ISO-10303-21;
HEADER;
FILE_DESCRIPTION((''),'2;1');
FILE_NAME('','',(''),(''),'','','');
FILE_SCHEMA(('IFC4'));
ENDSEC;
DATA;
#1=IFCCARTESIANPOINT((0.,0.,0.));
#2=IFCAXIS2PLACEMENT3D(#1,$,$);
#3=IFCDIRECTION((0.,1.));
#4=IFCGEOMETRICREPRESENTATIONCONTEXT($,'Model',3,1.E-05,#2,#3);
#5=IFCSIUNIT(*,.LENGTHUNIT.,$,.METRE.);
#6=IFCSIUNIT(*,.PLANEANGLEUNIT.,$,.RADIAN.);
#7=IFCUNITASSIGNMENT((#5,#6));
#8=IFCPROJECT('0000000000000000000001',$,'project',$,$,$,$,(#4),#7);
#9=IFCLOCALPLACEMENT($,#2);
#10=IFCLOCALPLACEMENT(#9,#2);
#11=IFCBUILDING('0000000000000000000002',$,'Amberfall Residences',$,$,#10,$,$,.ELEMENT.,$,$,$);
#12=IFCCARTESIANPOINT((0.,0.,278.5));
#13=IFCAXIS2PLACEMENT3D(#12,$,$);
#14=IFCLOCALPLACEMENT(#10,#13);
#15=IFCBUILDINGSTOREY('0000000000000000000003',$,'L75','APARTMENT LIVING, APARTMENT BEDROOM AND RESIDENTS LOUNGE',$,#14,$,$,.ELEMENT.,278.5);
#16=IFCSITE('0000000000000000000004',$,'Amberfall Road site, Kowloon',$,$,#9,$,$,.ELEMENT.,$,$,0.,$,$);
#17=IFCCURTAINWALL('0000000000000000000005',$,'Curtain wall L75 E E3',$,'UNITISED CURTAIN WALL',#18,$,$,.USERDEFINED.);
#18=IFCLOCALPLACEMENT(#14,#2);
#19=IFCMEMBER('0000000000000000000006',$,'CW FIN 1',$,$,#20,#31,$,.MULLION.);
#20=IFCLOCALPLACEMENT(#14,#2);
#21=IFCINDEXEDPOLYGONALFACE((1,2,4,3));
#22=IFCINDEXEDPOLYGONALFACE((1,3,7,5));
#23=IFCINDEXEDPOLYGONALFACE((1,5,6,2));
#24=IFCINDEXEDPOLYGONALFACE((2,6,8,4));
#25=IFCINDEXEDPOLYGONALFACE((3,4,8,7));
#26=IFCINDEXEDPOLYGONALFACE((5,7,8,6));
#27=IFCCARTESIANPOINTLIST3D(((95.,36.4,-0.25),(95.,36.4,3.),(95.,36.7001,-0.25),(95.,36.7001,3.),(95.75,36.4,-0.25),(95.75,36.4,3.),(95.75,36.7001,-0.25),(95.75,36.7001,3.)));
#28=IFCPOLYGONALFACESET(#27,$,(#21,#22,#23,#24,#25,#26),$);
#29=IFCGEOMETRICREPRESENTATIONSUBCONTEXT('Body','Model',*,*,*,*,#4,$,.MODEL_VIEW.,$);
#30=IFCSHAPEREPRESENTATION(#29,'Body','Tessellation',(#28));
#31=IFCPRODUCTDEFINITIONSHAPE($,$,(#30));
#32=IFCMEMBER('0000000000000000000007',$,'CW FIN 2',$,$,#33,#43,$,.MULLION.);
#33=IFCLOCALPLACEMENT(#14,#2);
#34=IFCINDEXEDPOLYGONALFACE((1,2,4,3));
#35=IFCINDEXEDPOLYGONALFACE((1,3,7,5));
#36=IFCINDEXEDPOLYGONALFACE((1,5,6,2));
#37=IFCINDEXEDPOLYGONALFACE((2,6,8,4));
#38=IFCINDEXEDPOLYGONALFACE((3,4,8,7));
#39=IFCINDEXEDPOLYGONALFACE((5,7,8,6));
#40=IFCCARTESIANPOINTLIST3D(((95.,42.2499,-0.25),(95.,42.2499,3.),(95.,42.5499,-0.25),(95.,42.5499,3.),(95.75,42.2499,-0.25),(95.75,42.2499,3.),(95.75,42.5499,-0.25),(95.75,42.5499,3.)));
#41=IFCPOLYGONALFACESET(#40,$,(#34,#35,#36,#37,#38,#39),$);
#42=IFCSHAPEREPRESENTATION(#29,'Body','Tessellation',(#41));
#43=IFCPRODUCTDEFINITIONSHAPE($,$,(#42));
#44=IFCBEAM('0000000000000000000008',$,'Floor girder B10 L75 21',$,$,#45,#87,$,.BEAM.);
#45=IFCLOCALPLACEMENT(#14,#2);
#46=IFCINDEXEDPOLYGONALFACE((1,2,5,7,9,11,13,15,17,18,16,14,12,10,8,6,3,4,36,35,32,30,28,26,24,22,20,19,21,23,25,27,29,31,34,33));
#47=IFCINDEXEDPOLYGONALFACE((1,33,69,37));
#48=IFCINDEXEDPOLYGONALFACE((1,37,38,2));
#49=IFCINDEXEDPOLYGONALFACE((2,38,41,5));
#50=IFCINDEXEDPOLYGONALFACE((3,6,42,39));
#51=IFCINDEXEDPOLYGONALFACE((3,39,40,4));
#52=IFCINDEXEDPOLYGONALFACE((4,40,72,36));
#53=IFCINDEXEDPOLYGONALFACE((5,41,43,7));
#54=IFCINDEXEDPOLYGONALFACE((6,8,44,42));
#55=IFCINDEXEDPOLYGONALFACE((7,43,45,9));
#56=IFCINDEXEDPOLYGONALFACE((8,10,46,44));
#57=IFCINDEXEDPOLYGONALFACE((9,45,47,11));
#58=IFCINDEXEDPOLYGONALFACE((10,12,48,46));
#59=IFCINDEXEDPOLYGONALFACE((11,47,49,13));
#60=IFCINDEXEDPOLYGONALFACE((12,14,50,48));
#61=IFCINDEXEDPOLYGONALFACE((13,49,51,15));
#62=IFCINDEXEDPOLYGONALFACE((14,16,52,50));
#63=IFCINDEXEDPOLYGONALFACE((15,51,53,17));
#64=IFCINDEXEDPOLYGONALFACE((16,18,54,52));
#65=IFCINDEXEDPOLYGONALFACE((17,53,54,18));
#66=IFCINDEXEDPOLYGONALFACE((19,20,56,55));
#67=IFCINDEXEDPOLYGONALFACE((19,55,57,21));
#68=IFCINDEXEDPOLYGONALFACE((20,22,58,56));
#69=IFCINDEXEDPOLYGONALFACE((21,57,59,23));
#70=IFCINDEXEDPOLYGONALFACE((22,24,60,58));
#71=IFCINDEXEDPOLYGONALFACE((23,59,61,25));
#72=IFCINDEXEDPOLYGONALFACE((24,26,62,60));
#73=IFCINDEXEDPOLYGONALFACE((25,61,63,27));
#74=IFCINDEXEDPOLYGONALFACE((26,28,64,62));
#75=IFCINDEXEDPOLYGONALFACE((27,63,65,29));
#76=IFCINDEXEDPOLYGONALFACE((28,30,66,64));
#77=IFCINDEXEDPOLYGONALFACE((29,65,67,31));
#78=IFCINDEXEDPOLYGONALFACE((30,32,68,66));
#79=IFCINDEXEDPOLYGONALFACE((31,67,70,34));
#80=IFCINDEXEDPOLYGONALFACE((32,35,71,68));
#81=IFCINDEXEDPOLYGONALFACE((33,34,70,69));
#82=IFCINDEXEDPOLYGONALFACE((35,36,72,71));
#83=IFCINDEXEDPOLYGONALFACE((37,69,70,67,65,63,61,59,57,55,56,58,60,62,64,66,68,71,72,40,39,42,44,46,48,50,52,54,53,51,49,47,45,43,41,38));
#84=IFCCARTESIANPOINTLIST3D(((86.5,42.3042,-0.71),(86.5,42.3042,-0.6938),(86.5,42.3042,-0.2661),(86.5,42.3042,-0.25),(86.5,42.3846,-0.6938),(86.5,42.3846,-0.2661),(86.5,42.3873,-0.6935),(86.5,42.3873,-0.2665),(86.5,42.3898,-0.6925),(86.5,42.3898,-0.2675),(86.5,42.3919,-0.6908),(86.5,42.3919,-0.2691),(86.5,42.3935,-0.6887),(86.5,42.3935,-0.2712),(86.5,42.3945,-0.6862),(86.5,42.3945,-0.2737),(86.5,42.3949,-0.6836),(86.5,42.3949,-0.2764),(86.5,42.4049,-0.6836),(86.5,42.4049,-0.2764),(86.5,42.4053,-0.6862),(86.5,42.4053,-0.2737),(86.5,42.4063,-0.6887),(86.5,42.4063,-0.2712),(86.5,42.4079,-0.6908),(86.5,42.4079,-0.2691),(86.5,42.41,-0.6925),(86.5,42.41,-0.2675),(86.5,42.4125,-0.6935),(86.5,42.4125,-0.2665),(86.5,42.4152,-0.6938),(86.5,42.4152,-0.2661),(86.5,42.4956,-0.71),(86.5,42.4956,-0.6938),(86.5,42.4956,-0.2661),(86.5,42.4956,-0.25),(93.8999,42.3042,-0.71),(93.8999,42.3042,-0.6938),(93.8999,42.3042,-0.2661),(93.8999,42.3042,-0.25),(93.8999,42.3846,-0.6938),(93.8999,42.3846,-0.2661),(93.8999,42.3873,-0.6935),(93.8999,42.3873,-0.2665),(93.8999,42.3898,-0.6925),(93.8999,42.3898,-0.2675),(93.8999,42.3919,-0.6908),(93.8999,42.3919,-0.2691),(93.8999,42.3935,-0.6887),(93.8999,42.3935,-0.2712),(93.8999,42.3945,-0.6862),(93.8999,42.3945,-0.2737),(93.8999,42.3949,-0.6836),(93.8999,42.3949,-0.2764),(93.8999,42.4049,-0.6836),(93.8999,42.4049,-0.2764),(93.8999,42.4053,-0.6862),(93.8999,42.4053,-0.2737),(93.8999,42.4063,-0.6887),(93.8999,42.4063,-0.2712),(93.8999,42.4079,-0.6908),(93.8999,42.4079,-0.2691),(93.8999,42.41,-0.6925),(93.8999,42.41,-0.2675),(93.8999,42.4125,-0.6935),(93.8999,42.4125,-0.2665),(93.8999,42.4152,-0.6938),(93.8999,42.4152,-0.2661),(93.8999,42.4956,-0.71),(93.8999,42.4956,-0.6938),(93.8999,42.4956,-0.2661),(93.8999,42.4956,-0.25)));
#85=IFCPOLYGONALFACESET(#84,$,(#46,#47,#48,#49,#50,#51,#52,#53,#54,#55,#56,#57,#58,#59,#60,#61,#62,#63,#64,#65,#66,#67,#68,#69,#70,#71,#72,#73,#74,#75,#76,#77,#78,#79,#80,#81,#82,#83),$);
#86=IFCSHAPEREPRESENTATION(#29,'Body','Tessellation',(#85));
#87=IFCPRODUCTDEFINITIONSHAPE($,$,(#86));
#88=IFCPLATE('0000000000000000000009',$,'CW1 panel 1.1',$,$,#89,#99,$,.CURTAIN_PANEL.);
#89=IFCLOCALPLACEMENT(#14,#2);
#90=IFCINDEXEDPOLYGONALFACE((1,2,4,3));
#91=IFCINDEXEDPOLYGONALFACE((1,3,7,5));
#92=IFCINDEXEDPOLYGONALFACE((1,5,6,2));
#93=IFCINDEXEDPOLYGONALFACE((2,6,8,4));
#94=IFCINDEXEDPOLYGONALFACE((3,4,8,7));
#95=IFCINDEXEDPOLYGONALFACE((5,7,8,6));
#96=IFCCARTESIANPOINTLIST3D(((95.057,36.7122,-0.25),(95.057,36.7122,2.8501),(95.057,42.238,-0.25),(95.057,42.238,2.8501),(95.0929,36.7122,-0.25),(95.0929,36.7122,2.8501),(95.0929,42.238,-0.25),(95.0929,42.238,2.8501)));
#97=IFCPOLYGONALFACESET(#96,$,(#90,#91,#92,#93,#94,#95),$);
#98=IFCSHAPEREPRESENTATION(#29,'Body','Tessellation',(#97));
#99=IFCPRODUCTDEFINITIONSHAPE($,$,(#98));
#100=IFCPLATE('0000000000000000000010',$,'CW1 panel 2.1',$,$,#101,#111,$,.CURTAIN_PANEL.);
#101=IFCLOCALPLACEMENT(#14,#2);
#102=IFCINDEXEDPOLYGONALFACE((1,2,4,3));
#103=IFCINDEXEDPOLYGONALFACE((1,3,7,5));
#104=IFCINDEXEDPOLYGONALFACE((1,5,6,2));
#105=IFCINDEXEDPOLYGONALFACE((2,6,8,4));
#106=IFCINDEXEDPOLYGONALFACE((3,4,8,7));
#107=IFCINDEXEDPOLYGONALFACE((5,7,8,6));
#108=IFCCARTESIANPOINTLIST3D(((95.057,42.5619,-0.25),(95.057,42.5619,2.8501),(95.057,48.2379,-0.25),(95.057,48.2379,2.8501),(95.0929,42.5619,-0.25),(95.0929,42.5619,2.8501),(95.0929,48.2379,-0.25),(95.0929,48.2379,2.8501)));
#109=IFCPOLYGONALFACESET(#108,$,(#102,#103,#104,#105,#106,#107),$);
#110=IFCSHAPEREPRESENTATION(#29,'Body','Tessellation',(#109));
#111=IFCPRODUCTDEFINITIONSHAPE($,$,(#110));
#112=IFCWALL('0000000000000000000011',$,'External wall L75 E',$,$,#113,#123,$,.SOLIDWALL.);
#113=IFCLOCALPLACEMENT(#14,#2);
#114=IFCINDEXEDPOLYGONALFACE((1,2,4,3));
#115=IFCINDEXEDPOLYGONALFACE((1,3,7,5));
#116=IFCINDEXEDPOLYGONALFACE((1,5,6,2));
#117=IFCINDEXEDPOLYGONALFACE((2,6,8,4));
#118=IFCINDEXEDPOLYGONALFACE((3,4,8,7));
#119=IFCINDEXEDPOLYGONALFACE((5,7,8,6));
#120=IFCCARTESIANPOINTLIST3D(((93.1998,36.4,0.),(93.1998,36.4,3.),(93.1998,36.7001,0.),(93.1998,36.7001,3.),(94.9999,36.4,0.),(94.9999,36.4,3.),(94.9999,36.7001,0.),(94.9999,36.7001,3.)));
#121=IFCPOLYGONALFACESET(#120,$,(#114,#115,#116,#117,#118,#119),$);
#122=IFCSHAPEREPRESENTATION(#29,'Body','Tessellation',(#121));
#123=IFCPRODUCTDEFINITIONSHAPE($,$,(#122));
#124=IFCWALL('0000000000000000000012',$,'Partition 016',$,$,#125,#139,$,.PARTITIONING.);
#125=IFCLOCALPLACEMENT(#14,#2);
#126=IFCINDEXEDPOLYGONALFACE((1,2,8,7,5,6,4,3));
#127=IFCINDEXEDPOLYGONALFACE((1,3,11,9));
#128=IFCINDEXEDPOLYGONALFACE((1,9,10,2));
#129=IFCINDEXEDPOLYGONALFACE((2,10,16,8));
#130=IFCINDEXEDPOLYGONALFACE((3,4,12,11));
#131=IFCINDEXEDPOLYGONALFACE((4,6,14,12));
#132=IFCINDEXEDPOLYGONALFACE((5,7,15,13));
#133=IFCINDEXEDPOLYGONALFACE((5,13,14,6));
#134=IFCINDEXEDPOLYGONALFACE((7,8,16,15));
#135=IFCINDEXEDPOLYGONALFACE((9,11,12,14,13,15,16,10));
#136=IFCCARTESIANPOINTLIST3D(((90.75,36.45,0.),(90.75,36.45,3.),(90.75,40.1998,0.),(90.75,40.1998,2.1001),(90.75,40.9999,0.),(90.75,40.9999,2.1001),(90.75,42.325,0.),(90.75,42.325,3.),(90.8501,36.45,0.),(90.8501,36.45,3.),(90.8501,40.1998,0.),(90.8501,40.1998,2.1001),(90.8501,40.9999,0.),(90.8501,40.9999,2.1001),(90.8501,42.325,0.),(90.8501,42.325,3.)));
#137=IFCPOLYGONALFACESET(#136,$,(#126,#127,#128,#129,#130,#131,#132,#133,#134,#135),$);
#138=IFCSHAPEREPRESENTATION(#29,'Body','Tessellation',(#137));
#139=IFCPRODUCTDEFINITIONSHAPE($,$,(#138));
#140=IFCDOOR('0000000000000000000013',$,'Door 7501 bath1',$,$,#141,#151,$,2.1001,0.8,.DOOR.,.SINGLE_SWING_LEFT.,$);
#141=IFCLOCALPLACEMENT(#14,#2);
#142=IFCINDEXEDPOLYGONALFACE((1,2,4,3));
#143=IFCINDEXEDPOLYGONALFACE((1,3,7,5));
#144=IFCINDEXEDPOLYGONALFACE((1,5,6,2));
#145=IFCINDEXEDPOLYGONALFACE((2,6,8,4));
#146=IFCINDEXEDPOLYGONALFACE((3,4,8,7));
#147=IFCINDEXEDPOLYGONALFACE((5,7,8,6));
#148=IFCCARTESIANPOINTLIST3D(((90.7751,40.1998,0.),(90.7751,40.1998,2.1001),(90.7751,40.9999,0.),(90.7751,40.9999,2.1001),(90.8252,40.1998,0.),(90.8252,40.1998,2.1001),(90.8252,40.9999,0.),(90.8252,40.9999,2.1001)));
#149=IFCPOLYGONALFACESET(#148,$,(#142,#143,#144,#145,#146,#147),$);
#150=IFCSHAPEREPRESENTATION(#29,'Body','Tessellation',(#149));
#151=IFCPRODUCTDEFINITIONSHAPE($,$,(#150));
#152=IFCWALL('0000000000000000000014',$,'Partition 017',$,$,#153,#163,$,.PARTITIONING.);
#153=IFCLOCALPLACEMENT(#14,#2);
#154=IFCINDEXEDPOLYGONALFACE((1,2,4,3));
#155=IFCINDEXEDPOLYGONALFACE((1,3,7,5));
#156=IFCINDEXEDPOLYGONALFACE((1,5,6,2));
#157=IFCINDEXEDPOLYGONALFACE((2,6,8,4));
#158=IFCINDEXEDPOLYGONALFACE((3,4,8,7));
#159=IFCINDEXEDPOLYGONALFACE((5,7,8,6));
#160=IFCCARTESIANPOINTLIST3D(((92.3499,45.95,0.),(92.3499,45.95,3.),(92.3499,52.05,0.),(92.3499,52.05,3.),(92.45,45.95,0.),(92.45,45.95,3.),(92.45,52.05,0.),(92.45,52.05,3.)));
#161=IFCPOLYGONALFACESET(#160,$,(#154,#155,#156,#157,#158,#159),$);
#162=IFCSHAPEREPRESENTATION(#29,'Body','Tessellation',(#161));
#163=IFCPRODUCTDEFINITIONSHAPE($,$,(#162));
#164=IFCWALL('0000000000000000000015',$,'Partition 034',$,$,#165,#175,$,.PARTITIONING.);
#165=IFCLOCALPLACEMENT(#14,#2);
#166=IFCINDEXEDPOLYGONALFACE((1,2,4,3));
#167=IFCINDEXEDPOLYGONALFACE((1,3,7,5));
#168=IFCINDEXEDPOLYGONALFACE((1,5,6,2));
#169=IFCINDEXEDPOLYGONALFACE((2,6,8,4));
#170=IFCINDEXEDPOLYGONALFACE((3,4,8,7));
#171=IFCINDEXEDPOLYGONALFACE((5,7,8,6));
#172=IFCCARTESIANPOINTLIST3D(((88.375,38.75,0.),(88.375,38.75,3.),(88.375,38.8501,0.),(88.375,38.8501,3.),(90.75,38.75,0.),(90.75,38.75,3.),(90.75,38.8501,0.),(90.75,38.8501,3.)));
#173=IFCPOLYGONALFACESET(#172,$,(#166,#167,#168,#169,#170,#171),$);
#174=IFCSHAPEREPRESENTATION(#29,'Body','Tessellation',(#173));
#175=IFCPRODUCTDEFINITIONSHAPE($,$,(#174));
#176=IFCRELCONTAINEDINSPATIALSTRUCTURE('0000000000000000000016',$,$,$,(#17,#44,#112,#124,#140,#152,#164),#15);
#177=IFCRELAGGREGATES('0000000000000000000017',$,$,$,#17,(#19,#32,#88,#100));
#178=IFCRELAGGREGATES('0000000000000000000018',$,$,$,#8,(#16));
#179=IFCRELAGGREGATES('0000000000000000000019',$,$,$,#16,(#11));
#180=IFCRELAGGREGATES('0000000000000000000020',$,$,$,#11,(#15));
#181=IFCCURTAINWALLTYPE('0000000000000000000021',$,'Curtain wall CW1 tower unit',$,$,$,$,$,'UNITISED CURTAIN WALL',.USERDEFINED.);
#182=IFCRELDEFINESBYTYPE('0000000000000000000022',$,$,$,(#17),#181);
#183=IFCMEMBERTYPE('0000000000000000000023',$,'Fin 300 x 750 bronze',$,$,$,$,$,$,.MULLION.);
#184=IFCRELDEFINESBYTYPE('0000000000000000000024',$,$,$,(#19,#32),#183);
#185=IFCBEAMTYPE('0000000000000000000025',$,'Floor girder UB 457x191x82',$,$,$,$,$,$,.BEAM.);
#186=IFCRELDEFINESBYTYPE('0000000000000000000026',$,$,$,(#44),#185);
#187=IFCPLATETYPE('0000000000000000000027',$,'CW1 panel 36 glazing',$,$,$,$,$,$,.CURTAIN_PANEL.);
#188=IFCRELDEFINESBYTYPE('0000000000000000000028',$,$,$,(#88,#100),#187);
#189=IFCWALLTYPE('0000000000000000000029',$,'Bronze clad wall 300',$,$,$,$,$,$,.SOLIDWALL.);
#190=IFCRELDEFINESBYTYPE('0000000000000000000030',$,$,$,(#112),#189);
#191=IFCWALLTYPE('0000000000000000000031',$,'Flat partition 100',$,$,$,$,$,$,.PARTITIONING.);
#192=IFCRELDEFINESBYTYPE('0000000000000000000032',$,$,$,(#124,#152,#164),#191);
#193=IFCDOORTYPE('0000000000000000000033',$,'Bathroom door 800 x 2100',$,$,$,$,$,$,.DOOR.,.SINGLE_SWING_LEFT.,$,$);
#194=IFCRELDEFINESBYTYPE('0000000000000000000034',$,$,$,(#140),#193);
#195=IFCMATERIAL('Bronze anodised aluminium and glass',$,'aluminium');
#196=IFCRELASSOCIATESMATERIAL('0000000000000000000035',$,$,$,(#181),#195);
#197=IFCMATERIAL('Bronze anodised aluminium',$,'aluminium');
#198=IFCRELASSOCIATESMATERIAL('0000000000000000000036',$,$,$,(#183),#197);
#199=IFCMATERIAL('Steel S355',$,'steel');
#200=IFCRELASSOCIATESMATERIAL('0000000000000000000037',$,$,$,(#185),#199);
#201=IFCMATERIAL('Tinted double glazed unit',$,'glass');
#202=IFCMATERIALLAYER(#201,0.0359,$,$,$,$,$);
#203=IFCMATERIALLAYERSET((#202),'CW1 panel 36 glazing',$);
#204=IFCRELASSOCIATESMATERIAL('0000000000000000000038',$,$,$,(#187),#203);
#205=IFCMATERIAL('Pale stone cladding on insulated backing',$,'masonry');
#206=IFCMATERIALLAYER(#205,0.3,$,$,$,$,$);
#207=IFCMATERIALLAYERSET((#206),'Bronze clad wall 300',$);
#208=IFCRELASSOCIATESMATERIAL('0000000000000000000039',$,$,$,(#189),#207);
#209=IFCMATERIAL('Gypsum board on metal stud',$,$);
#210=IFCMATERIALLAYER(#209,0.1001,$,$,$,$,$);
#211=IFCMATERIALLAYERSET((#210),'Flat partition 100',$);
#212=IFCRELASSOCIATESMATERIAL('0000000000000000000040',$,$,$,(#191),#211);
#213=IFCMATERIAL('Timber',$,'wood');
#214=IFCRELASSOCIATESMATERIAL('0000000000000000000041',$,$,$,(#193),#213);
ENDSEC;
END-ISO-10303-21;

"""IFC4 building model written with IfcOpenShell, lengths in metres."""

from ifc_helpers import new_model, si_unit, direction, frame, frame_2d, origin, origin_2d, place, context, subcontext, project, spatial, rectangle, i_section, extrude, material, layer, layer_set, material_profile, profile_set, type_object, element, fill, aggregate, save


model = new_model("IFC4")

# Units and contexts
model_context = context("Model", 3, precision=1e-05, world=origin(), true_north=direction((0.0, 1.0)))
body_context = subcontext(model_context, "Body", "Model", "MODEL_VIEW")
ifc_project = project(units=[si_unit("LENGTHUNIT", "METRE"), si_unit("PLANEANGLEUNIT", "RADIAN")], contexts=[model_context])

# Site, building, storey
site_placement = place(None, origin())
site = spatial("IfcSite", under=ifc_project, at=site_placement, Name="Amberfall Road site, Kowloon", CompositionType="ELEMENT", RefElevation=0.0)
building_placement = place(site_placement, origin())
building = spatial("IfcBuilding", under=site, at=building_placement, Name="Amberfall Residences", CompositionType="ELEMENT")
storey_placement = place(building_placement, frame((0.0, 0.0, 278.5)))
storey = spatial("IfcBuildingStorey", under=building, at=storey_placement, Name="L75", Description="APARTMENT LIVING, APARTMENT BEDROOM AND RESIDENTS LOUNGE", CompositionType="ELEMENT", Elevation=278.5)

# Curtain wall
ifc_material_1 = material(Name="Bronze anodised aluminium and glass", Category="aluminium")
curtain_wall_type = type_object("IfcCurtainWallType", Name="Curtain wall CW1 tower unit", ElementType="UNITISED CURTAIN WALL", PredefinedType="USERDEFINED", material=ifc_material_1)
curtain_wall_placement = place(storey_placement, origin())
curtain_wall = element("IfcCurtainWall", 1, at=curtain_wall_placement, inside=storey, type_object=curtain_wall_type, Name="Curtain wall L75 E E3", ObjectType="UNITISED CURTAIN WALL", PredefinedType="USERDEFINED")
ifc_material_2 = material(Name="Bronze anodised aluminium", Category="aluminium")

# Shared definitions
ifc_material_3 = material(Name="Steel S355", Category="steel")

# Members
ifc_material_profile_1 = material_profile(ifc_material_2, rectangle(XDim=0.75, YDim=0.3, at=origin_2d()), Name="Fin 300 x 750 bronze")
ifc_profile_set_1 = profile_set([ifc_material_profile_1], Name="Bronze anodised aluminium")
member_type_1 = type_object("IfcMemberType", Name="Fin 300 x 750 bronze", PredefinedType="MULLION", material=ifc_profile_set_1)
member_1_placement = place(storey_placement, frame((95.375, 36.55, -0.25), z_axis=(0.0, 0.0, 1.0), x_axis=(-1.0, 0.0, 0.0)))
member_1 = element("IfcMember", 2, at=member_1_placement, type_object=member_type_1, Name="CW FIN 1", PredefinedType="MULLION", context=body_context, shape_type="SweptSolid", body=[
    extrude(rectangle(XDim=0.75, YDim=0.3, at=origin_2d()), origin(), (0.0, 0.0, 1.0), 3.25),
])
member_2_placement = place(storey_placement, frame((95.375, 42.3999, -0.25), z_axis=(0.0, 0.0, 1.0), x_axis=(-1.0, 0.0, 0.0)))
member_2 = element("IfcMember", 3, at=member_2_placement, type_object=member_type_1, Name="CW FIN 2", PredefinedType="MULLION", context=body_context, shape_type="SweptSolid", body=[
    extrude(rectangle(XDim=0.75, YDim=0.3, at=origin_2d()), origin(), (0.0, 0.0, 1.0), 3.25),
])

# Beam
ifc_material_profile_2 = material_profile(ifc_material_3, i_section(OverallWidth=0.1914, OverallDepth=0.46, WebThickness=0.01, FlangeThickness=0.0161, FilletRadius=0.0103, at=origin_2d()), Name="UB 457x191x82")
ifc_profile_set_2 = profile_set([ifc_material_profile_2], Name="Steel S355")
beam_type_1 = type_object("IfcBeamType", Name="Floor girder UB 457x191x82", PredefinedType="BEAM", material=ifc_profile_set_2)
beam_1_placement = place(storey_placement, frame((93.8999, 42.3999, -0.48), z_axis=(-1.0, 0.0, 0.0), x_axis=(0.0, -1.0, 0.0)))
element("IfcBeam", 4, at=beam_1_placement, inside=storey, type_object=beam_type_1, Name="Floor girder B10 L75 21", PredefinedType="BEAM", context=body_context, shape_type="SweptSolid", body=[
    extrude(i_section(OverallWidth=0.1914, OverallDepth=0.46, WebThickness=0.01, FlangeThickness=0.0161, FilletRadius=0.0103, at=origin_2d()), origin(), (0.0, 0.0, 1.0), 7.3999),
])

# Plates
ifc_material_4 = material(Name="Tinted double glazed unit", Category="glass")
ifc_layer_1 = layer(ifc_material_4, 0.0359)
ifc_layer_set_1 = layer_set([ifc_layer_1], Name="CW1 panel 36 glazing")
plate_type = type_object("IfcPlateType", Name="CW1 panel 36 glazing", PredefinedType="CURTAIN_PANEL", material=ifc_layer_set_1)
plate_1_placement = place(storey_placement, frame((95.075, 39.4751, -0.25), z_axis=(0.0, 0.0, 1.0), x_axis=(0.0, 1.0, 0.0)))
plate_1 = element("IfcPlate", 5, at=plate_1_placement, type_object=plate_type, Name="CW1 panel 1.1", PredefinedType="CURTAIN_PANEL", context=body_context, shape_type="SweptSolid", body=[
    extrude(rectangle(XDim=5.5259, YDim=0.0359, at=origin_2d()), origin(), (0.0, 0.0, 1.0), 3.1001),
])
plate_2_placement = place(storey_placement, frame((95.075, 45.3999, -0.25), z_axis=(0.0, 0.0, 1.0), x_axis=(0.0, 1.0, 0.0)))
plate_2 = element("IfcPlate", 6, at=plate_2_placement, type_object=plate_type, Name="CW1 panel 2.1", PredefinedType="CURTAIN_PANEL", context=body_context, shape_type="SweptSolid", body=[
    extrude(rectangle(XDim=5.676, YDim=0.0359, at=origin_2d()), origin(), (0.0, 0.0, 1.0), 3.1001),
])
aggregate(curtain_wall, [member_1, member_2, plate_1, plate_2])

# Wall
ifc_material_5 = material(Name="Pale stone cladding on insulated backing", Category="masonry")
ifc_layer_2 = layer(ifc_material_5, 0.3)
ifc_layer_set_2 = layer_set([ifc_layer_2], Name="Bronze clad wall 300")
wall_type_1 = type_object("IfcWallType", Name="Bronze clad wall 300", PredefinedType="SOLIDWALL", material=ifc_layer_set_2)
wall_1_placement = place(storey_placement, frame((93.2, 36.55, 0.0), z_axis=(0.0, 0.0, 1.0), x_axis=(1.0, 0.0, 0.0)))
element("IfcWall", 7, at=wall_1_placement, inside=storey, type_object=wall_type_1, Name="External wall L75 E", PredefinedType="SOLIDWALL", context=body_context, shape_type="SweptSolid", body=[
    extrude(rectangle(XDim=1.8, YDim=0.3, at=frame_2d((0.8999, 0.0))), origin(), (0.0, 0.0, 1.0), 3.0),
])

# Wall, opening, door
ifc_material_6 = material(Name="Gypsum board on metal stud")
ifc_layer_3 = layer(ifc_material_6, 0.1001)
ifc_layer_set_3 = layer_set([ifc_layer_3], Name="Flat partition 100")
wall_type_2 = type_object("IfcWallType", Name="Flat partition 100", PredefinedType="PARTITIONING", material=ifc_layer_set_3)
wall_2_placement = place(storey_placement, frame((90.8, 36.45, 0.0), z_axis=(0.0, 0.0, 1.0), x_axis=(0.0, 1.0, 0.0)))
wall_2 = element("IfcWall", 8, at=wall_2_placement, inside=storey, type_object=wall_type_2, Name="Partition 016", PredefinedType="PARTITIONING", context=body_context, shape_type="SweptSolid", body=[
    extrude(rectangle(XDim=5.875, YDim=0.1001, at=frame_2d((2.9375, 0.0))), origin(), (0.0, 0.0, 1.0), 3.0),
])
opening_placement = place(wall_2_placement, frame((3.75, 0.0, 0.0)))
opening = element("IfcOpeningElement", 9, at=opening_placement, cuts=wall_2, PredefinedType="OPENING", context=body_context, shape_type="SweptSolid", body=[
    extrude(rectangle(XDim=0.8, YDim=2.1001, at=frame_2d((0.3999, 1.05))), frame((0.0, 0.0601, 0.0), z_axis=(0.0, -1.0, 0.0), x_axis=(1.0, 0.0, 0.0)), (0.0, 0.0, 1.0), 0.1201),
])
ifc_material_7 = material(Name="Timber", Category="wood")
door_type = type_object("IfcDoorType", Name="Bathroom door 800 x 2100", OperationType="SINGLE_SWING_LEFT", PredefinedType="DOOR", material=ifc_material_7)
door_placement = place(opening_placement, origin())
door = element("IfcDoor", 10, at=door_placement, inside=storey, type_object=door_type, Name="Door 7501 bath1", OperationType="SINGLE_SWING_LEFT", OverallHeight=2.1001, OverallWidth=0.8, PredefinedType="DOOR", context=body_context, shape_type="SweptSolid", body=[
    extrude(rectangle(XDim=0.8, YDim=2.1001, at=frame_2d((0.3999, 1.05))), frame((0.0, 0.0249, 0.0), z_axis=(0.0, -1.0, 0.0), x_axis=(1.0, 0.0, 0.0)), (0.0, 0.0, 1.0), 0.05),
])
fill(opening, door)

# Walls
wall_3_placement = place(storey_placement, frame((92.3999, 45.95, 0.0), z_axis=(0.0, 0.0, 1.0), x_axis=(0.0, 1.0, 0.0)))
element("IfcWall", 11, at=wall_3_placement, inside=storey, type_object=wall_type_2, Name="Partition 017", PredefinedType="PARTITIONING", context=body_context, shape_type="SweptSolid", body=[
    extrude(rectangle(XDim=6.1001, YDim=0.1001, at=frame_2d((3.05, 0.0))), origin(), (0.0, 0.0, 1.0), 3.0),
])
wall_4_placement = place(storey_placement, frame((88.375, 38.8, 0.0), z_axis=(0.0, 0.0, 1.0), x_axis=(1.0, 0.0, 0.0)))
element("IfcWall", 12, at=wall_4_placement, inside=storey, type_object=wall_type_2, Name="Partition 034", PredefinedType="PARTITIONING", context=body_context, shape_type="SweptSolid", body=[
    extrude(rectangle(XDim=2.375, YDim=0.1001, at=frame_2d((1.1875, 0.0))), origin(), (0.0, 0.0, 1.0), 3.0),
])

save(model, "model.ifc")
